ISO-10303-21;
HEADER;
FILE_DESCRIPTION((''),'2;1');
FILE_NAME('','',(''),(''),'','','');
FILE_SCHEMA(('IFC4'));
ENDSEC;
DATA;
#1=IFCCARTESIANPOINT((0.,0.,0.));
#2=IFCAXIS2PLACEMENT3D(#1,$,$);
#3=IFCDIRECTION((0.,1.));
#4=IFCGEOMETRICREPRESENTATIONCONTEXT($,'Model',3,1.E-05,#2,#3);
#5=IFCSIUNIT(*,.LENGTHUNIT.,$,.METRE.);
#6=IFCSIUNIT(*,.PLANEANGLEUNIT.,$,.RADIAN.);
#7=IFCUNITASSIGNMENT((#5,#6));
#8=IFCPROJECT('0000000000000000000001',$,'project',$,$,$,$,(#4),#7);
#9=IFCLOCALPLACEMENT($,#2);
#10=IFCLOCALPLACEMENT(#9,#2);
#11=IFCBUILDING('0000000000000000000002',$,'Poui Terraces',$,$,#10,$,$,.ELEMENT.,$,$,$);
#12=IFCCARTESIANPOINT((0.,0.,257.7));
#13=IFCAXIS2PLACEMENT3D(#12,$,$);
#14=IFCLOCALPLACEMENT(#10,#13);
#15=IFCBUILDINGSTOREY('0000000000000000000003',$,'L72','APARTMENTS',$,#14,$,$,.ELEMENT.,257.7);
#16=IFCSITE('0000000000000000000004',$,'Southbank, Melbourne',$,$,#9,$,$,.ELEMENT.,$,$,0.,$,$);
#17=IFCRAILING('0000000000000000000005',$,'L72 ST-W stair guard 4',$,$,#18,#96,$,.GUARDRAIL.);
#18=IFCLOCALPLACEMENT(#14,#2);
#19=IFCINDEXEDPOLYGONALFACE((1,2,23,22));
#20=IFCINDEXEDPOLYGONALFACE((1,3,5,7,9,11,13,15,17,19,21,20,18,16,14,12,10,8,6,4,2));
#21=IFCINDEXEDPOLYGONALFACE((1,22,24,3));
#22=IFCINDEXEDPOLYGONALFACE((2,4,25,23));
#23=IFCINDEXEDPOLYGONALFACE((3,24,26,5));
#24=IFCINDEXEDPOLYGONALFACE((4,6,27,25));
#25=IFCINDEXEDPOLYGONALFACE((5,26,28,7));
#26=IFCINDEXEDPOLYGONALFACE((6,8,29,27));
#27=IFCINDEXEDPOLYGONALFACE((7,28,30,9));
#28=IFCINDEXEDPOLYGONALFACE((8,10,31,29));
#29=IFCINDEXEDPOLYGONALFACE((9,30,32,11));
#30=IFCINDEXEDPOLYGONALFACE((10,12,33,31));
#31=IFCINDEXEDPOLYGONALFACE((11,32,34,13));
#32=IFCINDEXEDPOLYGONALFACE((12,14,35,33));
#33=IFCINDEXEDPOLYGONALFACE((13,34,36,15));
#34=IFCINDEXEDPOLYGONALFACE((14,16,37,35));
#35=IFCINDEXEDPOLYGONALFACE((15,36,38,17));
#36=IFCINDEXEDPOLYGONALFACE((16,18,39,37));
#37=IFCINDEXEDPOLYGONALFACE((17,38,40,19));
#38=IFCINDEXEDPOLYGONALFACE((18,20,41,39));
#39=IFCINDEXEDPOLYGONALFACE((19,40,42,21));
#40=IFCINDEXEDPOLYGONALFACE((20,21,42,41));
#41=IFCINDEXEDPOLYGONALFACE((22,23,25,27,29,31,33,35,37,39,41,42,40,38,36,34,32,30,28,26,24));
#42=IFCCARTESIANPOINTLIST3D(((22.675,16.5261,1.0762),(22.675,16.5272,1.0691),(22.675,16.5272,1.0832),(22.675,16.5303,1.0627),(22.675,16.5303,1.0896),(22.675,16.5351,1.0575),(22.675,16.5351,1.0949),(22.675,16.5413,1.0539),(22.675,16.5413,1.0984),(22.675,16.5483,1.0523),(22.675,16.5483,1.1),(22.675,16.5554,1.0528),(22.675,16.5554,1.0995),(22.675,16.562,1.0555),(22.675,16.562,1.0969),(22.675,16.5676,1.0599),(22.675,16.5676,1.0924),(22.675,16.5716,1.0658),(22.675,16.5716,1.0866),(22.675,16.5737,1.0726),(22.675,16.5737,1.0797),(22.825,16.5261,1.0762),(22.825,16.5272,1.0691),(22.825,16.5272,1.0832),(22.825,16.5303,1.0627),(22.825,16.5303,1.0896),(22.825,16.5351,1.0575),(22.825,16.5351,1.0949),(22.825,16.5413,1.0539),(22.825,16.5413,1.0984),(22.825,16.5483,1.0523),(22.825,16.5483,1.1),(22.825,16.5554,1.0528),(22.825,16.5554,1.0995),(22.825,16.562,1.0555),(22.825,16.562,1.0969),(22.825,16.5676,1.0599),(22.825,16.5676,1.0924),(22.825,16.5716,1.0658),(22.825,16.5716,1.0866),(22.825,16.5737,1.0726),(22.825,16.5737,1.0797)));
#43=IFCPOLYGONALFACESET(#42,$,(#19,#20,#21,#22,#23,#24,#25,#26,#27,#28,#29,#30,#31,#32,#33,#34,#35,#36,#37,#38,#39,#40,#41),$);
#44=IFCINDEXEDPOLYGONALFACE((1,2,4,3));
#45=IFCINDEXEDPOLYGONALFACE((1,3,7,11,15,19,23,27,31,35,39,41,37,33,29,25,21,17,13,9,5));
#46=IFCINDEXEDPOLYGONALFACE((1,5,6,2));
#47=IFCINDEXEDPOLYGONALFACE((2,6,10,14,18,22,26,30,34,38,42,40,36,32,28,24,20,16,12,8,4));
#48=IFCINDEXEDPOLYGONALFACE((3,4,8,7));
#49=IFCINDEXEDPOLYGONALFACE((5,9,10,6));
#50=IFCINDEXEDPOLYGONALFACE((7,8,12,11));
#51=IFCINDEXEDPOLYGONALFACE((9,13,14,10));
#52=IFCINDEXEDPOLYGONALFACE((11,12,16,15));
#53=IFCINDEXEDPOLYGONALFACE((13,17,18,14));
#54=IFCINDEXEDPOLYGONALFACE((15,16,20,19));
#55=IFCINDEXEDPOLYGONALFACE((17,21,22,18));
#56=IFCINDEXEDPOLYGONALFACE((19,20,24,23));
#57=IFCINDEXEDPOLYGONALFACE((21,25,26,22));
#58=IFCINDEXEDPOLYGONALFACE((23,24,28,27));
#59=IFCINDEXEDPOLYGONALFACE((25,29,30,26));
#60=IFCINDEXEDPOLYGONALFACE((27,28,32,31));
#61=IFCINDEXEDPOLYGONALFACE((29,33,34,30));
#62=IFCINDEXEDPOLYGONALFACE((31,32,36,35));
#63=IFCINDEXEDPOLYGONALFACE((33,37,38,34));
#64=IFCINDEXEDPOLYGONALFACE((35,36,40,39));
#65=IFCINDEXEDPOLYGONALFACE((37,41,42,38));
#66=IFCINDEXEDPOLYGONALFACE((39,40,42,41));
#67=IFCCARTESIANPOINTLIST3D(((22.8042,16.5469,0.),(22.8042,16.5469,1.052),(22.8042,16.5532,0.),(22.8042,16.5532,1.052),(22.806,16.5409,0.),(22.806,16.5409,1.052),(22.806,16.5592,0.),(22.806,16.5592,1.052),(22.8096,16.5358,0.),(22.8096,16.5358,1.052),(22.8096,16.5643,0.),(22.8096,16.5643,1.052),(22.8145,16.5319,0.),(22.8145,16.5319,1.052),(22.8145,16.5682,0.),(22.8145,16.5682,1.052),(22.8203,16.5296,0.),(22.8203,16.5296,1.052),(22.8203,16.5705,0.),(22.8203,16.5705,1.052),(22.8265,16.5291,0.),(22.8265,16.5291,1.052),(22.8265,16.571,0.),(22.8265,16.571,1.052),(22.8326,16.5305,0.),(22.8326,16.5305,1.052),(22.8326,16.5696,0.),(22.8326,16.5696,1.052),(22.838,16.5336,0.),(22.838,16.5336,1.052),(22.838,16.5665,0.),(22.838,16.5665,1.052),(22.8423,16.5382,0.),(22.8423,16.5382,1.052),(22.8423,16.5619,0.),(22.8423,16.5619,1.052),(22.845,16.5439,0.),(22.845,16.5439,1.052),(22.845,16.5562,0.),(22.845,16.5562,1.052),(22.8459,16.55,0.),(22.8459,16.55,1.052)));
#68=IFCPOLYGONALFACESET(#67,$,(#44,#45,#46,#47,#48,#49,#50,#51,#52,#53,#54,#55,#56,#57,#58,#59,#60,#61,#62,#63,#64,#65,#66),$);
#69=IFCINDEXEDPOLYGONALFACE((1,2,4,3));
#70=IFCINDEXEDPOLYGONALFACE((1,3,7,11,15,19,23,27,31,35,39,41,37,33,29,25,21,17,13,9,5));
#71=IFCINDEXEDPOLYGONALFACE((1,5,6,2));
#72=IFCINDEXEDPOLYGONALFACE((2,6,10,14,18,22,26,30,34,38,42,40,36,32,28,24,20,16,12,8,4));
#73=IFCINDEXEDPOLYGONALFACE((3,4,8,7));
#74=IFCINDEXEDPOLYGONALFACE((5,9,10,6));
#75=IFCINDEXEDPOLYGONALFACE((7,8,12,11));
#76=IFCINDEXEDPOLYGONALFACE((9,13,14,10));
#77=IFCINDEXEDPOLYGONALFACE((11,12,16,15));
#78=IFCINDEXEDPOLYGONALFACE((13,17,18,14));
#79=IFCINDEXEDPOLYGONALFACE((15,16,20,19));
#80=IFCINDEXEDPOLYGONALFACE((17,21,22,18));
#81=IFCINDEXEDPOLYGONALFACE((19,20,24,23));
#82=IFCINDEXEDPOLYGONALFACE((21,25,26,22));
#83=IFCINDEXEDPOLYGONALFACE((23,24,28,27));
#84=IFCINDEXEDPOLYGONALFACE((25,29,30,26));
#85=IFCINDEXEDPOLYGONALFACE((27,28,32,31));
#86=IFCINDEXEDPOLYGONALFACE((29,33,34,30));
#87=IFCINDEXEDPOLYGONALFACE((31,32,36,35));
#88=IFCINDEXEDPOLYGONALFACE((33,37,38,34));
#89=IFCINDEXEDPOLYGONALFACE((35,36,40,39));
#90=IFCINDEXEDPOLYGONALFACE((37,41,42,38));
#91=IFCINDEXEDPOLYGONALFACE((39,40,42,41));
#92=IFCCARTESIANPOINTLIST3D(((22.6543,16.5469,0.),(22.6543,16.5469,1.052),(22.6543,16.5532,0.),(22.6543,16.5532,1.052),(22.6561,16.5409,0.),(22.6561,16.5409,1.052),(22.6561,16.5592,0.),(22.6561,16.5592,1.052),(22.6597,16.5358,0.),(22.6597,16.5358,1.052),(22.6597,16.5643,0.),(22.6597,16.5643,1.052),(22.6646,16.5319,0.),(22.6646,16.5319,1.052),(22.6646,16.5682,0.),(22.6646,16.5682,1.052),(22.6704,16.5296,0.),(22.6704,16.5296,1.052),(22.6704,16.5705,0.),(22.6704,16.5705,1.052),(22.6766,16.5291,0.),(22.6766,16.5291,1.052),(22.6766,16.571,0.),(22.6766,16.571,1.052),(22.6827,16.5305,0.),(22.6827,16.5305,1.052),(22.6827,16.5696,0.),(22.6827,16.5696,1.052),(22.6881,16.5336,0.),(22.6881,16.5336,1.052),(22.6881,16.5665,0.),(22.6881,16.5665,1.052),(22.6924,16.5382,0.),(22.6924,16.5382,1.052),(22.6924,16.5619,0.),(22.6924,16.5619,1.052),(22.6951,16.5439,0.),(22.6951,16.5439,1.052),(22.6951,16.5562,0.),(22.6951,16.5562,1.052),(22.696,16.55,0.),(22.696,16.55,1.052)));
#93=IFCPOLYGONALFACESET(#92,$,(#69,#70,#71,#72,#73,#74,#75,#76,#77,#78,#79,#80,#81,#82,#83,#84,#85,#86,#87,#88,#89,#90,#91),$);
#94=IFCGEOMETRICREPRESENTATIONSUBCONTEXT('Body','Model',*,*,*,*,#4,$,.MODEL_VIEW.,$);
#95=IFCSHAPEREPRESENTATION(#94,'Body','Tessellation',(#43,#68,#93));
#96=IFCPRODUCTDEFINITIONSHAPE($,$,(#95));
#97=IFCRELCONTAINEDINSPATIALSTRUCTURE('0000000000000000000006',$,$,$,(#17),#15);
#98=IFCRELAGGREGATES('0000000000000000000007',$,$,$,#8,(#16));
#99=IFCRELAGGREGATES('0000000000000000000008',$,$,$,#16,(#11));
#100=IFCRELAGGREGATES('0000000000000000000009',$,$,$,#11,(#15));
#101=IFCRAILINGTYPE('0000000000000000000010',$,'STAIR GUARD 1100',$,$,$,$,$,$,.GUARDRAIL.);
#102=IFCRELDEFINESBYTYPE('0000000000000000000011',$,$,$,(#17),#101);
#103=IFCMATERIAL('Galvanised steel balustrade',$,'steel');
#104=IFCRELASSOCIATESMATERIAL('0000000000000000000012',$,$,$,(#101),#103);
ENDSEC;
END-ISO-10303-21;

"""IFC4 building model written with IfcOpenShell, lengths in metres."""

from ifc_helpers import new_model, si_unit, direction, frame, origin, origin_2d, place, context, subcontext, project, spatial, circle, extrude, material, type_object, element, save


model = new_model("IFC4")

# Units and contexts
model_context = context("Model", 3, precision=1e-05, world=origin(), true_north=direction((0.0, 1.0)))
body_context = subcontext(model_context, "Body", "Model", "MODEL_VIEW")
ifc_project = project(units=[si_unit("LENGTHUNIT", "METRE"), si_unit("PLANEANGLEUNIT", "RADIAN")], contexts=[model_context])

# Site, building, storey
site_placement = place(None, origin())
site = spatial("IfcSite", under=ifc_project, at=site_placement, Name="Southbank, Melbourne", CompositionType="ELEMENT", RefElevation=0.0)
building_placement = place(site_placement, origin())
building = spatial("IfcBuilding", under=site, at=building_placement, Name="Poui Terraces", CompositionType="ELEMENT")
storey_placement = place(building_placement, frame((0.0, 0.0, 257.7)))
storey = spatial("IfcBuildingStorey", under=building, at=storey_placement, Name="L72", Description="APARTMENTS", CompositionType="ELEMENT", Elevation=257.7)

# Railing
ifc_material_1 = material(Name="Galvanised steel balustrade", Category="steel")
railing_type = type_object("IfcRailingType", Name="STAIR GUARD 1100", PredefinedType="GUARDRAIL", material=ifc_material_1)
railing_placement = place(storey_placement, frame((22.825, 16.55, 0.0)))
element("IfcRailing", 1, at=railing_placement, inside=storey, type_object=railing_type, Name="L72 ST-W stair guard 4", PredefinedType="GUARDRAIL", context=body_context, shape_type="SweptSolid", body=[
    extrude(circle(Radius=0.0239, at=origin_2d()), frame((0.0, 0.0, 1.0762), z_axis=(-1.0, 0.0, 0.0), x_axis=(0.0, -1.0, 0.0)), (0.0, 0.0, 1.0), 0.1499),
    extrude(circle(Radius=0.021, at=origin_2d()), origin(), (0.0, 0.0, 1.0), 1.052),
    extrude(circle(Radius=0.021, at=origin_2d()), frame((-0.1499, 0.0, 0.0)), (0.0, 0.0, 1.0), 1.052),
])

save(model, "model.ifc")
